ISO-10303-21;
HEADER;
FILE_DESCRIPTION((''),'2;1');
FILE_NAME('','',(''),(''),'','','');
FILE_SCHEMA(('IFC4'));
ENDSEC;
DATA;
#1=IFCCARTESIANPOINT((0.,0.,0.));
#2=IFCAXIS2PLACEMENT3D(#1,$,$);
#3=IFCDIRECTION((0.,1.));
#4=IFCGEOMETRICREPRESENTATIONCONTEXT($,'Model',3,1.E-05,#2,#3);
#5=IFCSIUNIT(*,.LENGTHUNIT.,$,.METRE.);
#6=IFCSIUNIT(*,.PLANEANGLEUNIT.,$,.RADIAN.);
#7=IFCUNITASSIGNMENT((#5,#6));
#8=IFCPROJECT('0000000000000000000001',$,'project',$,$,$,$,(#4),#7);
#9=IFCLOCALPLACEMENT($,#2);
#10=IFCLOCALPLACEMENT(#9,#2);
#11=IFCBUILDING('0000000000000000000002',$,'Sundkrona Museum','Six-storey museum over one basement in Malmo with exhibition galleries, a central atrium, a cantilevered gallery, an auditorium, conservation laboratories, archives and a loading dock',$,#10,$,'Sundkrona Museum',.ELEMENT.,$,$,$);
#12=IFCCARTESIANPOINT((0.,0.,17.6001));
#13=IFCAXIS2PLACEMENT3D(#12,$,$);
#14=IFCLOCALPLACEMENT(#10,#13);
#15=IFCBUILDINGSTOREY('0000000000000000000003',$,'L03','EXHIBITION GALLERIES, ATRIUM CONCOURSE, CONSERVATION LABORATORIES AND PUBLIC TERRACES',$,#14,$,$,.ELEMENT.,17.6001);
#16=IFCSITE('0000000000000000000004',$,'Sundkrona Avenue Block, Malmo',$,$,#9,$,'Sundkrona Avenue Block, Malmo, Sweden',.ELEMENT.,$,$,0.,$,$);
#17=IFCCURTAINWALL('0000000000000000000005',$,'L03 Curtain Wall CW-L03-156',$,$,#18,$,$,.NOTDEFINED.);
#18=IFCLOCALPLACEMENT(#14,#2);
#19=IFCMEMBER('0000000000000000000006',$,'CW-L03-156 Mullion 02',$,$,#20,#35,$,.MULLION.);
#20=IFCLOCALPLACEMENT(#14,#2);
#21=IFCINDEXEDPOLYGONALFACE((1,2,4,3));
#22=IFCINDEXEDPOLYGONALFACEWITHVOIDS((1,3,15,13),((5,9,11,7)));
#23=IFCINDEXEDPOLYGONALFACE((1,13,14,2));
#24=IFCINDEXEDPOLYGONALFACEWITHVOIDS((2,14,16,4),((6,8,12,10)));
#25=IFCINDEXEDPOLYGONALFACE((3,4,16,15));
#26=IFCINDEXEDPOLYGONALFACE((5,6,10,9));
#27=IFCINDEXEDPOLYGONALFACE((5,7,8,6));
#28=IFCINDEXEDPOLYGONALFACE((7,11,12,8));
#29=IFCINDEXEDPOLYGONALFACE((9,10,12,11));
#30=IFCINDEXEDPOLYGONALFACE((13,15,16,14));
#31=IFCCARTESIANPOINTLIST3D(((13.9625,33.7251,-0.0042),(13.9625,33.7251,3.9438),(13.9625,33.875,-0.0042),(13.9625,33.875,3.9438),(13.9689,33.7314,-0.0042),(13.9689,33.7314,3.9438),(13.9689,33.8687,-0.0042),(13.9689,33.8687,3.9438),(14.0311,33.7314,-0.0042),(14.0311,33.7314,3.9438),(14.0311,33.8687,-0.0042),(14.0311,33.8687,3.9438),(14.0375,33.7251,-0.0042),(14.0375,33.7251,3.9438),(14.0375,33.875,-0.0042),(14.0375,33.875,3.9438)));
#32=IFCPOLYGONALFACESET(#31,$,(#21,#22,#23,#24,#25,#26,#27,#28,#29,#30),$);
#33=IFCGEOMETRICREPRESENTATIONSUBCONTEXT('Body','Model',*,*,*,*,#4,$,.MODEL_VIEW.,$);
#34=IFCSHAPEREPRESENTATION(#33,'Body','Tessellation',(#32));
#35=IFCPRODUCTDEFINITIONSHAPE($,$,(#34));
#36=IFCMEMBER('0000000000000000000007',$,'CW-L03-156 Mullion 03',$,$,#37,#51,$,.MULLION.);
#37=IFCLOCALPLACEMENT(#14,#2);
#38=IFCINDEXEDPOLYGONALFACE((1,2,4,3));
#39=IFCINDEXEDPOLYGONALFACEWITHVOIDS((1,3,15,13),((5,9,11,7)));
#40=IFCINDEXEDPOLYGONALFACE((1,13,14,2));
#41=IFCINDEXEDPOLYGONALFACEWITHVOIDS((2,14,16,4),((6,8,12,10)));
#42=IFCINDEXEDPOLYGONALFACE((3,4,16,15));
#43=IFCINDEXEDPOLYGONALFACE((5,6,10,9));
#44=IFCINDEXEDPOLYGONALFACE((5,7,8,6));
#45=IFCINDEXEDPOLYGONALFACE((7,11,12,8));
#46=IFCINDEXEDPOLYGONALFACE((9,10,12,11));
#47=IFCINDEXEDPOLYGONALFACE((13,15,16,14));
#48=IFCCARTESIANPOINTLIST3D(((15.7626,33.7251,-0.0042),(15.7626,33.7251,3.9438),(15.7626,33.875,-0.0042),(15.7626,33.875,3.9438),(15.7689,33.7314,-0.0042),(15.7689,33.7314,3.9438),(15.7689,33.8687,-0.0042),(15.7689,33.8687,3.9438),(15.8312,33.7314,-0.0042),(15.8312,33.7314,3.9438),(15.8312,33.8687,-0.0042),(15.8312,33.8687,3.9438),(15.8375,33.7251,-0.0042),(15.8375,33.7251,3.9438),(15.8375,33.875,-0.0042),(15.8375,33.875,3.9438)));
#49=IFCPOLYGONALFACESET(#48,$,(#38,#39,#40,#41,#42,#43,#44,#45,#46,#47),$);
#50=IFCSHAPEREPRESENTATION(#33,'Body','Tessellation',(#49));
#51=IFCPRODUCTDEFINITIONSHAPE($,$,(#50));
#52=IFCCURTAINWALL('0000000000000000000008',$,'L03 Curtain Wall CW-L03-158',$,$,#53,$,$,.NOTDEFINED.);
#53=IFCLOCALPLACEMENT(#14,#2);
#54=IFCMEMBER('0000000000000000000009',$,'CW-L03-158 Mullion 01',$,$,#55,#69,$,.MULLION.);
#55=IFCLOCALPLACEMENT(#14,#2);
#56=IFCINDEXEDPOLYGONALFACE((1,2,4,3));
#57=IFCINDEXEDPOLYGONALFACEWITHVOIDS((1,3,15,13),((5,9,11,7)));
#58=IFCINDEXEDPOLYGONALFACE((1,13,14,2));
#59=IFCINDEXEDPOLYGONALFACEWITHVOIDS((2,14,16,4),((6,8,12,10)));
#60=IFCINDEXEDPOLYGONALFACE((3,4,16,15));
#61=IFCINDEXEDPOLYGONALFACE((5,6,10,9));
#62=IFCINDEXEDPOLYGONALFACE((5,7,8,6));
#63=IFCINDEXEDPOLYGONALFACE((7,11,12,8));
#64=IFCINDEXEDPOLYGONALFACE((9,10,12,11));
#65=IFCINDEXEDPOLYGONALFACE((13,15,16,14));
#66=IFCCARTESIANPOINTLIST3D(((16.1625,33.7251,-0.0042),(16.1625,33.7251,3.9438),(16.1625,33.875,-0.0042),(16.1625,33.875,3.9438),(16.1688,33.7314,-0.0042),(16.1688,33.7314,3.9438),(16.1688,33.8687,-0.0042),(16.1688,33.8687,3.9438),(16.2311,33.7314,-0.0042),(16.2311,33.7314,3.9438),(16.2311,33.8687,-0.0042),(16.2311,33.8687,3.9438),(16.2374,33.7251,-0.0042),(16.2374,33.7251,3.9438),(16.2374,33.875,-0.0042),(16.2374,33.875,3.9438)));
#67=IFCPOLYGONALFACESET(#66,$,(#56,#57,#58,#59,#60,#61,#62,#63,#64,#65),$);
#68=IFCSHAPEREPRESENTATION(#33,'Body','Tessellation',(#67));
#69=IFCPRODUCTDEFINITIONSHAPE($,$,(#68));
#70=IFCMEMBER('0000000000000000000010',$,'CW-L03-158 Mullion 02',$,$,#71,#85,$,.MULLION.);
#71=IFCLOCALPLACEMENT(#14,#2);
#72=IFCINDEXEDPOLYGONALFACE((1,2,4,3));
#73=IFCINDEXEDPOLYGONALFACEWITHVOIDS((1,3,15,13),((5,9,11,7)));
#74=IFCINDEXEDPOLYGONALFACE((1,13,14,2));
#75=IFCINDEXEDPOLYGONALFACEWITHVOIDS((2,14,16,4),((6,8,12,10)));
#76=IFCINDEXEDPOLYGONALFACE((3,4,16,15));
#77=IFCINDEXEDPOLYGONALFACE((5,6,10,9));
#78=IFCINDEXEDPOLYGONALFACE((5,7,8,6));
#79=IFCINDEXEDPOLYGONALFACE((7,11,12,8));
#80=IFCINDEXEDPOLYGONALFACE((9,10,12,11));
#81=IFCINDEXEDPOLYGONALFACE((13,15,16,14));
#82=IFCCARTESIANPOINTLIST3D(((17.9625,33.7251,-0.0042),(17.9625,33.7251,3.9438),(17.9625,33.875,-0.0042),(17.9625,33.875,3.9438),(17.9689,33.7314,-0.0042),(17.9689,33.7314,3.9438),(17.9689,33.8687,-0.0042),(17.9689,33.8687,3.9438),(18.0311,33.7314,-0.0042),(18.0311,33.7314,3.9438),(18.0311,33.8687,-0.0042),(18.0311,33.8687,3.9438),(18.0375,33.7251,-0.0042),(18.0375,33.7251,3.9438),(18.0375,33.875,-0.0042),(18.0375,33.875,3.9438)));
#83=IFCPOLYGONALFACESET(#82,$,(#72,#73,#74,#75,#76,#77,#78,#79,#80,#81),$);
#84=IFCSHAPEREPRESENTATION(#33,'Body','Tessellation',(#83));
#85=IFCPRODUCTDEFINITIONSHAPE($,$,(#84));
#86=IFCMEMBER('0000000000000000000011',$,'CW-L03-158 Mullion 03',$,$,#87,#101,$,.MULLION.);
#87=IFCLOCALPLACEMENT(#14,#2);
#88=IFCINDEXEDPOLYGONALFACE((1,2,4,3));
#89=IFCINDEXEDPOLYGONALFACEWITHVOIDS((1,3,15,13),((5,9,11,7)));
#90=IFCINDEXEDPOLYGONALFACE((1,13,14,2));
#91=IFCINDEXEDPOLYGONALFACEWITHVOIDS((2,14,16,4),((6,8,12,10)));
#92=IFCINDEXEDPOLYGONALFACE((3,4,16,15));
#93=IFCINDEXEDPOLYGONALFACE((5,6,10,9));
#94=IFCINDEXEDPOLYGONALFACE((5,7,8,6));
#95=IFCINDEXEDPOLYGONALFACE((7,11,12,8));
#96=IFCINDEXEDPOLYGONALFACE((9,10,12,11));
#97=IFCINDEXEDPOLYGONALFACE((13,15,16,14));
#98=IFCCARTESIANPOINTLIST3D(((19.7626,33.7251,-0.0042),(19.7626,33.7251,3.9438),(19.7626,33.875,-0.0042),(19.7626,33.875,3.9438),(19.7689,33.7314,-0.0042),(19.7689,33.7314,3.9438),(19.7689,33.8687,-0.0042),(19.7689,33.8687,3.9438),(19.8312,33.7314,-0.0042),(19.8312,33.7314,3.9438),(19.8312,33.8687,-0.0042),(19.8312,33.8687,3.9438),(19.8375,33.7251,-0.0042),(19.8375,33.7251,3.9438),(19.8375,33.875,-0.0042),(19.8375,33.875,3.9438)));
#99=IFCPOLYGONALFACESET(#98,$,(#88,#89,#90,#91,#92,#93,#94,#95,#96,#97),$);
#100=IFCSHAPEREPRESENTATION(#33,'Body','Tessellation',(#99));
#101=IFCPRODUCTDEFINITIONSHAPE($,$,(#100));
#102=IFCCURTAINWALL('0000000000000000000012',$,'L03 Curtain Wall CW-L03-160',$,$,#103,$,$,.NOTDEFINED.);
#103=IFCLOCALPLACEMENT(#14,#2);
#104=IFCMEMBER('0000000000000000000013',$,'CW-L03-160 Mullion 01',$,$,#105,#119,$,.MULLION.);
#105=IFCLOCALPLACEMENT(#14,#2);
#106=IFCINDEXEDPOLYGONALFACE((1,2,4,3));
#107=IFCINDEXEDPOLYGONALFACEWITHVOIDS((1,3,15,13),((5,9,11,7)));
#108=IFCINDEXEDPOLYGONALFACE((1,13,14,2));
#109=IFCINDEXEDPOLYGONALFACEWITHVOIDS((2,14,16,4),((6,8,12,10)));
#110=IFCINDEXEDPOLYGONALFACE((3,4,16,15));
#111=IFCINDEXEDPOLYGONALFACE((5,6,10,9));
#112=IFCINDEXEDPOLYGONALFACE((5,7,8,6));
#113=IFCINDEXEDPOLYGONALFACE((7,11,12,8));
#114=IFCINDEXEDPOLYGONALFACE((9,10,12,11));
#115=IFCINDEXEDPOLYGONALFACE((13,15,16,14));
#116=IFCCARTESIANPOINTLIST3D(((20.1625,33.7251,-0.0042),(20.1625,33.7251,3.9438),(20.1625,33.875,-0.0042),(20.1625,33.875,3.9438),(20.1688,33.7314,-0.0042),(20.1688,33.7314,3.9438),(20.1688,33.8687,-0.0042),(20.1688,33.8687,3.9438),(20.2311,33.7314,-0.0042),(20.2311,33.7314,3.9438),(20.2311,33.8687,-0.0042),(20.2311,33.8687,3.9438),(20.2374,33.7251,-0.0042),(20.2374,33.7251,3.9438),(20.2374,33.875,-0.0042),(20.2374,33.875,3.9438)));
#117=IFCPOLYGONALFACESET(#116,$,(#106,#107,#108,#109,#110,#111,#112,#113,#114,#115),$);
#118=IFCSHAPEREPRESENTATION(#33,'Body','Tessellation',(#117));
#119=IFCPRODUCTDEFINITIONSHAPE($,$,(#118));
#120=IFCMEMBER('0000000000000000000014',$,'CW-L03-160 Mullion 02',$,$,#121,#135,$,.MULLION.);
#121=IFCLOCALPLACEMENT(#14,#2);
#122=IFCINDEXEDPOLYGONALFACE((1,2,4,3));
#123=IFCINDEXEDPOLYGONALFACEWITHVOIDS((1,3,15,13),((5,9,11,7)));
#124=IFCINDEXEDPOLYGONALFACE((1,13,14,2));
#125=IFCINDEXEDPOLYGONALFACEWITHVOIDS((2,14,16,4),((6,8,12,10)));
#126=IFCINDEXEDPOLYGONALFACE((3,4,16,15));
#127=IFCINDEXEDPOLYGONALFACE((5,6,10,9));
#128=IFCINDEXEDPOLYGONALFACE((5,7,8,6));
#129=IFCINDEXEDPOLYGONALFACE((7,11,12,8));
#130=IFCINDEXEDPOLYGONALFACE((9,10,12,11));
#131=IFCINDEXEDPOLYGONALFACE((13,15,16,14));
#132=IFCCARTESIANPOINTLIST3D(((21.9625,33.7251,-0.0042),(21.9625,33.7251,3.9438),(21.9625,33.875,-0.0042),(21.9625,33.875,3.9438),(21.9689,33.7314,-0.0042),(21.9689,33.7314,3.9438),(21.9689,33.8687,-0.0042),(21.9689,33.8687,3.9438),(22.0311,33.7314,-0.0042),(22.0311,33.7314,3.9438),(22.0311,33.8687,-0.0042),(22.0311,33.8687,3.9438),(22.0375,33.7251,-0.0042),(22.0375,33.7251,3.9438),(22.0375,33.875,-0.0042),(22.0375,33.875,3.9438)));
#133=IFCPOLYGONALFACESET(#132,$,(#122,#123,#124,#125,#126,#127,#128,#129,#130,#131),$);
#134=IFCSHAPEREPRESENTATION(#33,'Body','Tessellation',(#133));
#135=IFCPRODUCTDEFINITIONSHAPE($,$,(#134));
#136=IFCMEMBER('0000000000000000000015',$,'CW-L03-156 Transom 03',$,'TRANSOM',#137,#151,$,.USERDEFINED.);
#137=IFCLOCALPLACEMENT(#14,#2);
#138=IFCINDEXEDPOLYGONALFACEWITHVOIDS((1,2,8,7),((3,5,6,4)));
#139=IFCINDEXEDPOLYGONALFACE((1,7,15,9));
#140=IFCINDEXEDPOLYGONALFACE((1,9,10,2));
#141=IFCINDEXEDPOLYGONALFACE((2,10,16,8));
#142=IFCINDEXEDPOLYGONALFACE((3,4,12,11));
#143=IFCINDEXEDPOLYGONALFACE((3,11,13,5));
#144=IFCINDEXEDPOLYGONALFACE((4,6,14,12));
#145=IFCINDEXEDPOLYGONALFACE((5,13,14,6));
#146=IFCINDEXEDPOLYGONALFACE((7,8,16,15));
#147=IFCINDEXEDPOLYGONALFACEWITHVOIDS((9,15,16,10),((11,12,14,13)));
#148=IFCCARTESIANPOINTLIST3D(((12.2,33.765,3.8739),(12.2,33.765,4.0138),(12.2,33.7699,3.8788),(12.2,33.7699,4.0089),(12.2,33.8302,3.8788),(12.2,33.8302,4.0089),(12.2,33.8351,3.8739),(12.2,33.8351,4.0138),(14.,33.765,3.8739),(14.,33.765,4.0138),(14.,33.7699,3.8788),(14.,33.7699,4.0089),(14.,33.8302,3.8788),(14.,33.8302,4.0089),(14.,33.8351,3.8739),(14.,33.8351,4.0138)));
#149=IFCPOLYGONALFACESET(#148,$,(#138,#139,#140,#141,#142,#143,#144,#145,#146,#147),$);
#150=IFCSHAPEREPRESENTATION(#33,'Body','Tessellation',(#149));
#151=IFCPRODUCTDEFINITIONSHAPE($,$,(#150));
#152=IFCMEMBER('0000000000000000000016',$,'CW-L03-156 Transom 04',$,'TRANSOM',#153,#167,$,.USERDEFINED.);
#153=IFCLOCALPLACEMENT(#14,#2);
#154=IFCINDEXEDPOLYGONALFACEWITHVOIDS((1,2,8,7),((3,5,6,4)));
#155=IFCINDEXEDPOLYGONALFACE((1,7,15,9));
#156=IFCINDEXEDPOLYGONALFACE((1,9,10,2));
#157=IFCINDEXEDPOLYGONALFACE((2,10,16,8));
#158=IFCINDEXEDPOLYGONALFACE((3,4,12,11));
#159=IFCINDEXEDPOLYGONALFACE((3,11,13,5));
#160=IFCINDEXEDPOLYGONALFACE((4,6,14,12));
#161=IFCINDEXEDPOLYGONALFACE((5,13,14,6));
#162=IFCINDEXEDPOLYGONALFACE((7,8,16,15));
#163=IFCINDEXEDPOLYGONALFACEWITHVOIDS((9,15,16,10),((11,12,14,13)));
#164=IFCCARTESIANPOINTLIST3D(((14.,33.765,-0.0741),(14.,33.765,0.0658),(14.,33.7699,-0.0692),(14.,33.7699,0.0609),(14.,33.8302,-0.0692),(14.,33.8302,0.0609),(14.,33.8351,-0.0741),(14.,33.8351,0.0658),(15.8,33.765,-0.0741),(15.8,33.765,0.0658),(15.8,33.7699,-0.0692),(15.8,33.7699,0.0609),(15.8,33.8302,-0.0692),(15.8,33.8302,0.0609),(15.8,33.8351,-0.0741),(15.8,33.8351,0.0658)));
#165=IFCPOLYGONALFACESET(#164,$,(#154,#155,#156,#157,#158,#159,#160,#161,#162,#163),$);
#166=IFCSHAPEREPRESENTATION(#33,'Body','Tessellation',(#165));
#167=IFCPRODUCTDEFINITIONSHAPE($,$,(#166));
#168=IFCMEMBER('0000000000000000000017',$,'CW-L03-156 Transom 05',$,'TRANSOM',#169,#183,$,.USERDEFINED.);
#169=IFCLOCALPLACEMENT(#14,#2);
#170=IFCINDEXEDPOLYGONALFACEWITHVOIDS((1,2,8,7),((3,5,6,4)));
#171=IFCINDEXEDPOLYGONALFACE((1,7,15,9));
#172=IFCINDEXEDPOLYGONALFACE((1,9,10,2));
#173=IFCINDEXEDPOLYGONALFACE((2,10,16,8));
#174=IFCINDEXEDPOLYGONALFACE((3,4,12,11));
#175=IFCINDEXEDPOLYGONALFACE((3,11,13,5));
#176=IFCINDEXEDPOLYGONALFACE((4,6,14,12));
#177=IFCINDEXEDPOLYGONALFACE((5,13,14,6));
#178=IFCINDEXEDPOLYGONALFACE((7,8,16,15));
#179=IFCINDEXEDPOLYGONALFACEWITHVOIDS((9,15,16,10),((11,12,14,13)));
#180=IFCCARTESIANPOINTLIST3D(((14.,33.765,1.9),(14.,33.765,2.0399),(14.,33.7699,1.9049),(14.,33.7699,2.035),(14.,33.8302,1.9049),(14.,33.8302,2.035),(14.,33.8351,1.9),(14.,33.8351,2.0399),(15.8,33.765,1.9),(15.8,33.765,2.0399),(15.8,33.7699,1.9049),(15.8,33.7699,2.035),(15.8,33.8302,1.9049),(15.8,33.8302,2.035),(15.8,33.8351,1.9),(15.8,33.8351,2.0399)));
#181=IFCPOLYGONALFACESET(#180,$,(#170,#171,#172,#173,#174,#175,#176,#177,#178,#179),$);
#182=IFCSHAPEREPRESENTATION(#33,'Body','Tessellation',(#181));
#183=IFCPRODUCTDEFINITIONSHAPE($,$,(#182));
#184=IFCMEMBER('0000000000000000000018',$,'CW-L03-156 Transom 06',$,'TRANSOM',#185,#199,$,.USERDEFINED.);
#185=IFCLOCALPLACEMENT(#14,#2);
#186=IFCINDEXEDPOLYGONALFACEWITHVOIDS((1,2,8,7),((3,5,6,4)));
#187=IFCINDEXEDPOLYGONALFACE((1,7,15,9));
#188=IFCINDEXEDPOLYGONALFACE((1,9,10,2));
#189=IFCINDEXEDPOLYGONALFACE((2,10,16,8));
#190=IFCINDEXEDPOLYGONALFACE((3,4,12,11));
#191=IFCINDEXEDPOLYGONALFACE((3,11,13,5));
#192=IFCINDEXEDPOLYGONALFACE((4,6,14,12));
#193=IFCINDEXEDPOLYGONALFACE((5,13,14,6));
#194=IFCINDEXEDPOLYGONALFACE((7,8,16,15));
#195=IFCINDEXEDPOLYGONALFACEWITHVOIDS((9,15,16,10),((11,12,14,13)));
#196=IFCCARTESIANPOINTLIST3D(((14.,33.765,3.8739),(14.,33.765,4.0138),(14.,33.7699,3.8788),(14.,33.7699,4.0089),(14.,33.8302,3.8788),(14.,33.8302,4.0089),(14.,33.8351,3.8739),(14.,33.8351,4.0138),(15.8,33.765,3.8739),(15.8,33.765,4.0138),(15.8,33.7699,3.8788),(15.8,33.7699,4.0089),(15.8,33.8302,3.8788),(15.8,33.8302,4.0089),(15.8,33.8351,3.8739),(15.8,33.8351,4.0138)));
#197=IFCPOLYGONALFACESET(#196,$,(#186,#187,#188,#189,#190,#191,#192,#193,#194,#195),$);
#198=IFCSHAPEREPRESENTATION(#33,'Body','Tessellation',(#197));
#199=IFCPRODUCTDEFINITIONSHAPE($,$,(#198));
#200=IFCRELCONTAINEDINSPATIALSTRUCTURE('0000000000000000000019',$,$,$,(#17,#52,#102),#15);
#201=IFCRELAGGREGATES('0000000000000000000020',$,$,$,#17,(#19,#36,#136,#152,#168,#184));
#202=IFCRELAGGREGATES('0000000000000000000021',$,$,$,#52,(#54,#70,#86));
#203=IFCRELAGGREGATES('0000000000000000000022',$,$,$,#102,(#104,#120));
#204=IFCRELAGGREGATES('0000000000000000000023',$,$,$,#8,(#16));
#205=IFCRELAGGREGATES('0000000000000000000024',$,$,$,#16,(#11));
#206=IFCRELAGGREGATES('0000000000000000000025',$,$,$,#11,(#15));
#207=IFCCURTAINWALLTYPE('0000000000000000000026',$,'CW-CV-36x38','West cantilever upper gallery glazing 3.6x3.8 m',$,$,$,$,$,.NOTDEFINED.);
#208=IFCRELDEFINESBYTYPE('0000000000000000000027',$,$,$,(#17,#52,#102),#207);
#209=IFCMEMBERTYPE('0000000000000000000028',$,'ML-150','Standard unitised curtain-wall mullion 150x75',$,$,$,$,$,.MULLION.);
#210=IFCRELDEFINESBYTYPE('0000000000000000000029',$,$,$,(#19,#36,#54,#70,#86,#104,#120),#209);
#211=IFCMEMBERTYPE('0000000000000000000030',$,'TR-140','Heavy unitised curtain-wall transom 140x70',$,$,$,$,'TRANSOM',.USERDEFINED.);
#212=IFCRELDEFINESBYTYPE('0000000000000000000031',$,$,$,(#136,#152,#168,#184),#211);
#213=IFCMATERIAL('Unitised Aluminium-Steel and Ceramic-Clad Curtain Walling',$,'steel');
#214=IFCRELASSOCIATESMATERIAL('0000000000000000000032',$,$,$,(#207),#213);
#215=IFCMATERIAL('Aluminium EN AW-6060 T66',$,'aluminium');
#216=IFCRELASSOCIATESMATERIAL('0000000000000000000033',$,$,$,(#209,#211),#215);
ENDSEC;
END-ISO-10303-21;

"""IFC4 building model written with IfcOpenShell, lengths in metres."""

from ifc_helpers import new_model, si_unit, direction, frame, origin, origin_2d, place, context, subcontext, project, spatial, hollow_rectangle, extrude, material, material_profile, profile_set, type_object, element, aggregate, save


model = new_model("IFC4")

# Units and contexts
model_context = context("Model", 3, precision=1e-05, world=origin(), true_north=direction((0.0, 1.0)))
body_context = subcontext(model_context, "Body", "Model", "MODEL_VIEW")
ifc_project = project(units=[si_unit("LENGTHUNIT", "METRE"), si_unit("PLANEANGLEUNIT", "RADIAN")], contexts=[model_context])

# Site, building, storey
site_placement = place(None, origin())
site = spatial("IfcSite", under=ifc_project, at=site_placement, Name="Sundkrona Avenue Block, Malmo", LongName="Sundkrona Avenue Block, Malmo, Sweden", CompositionType="ELEMENT", RefElevation=0.0)
building_placement = place(site_placement, origin())
building = spatial("IfcBuilding", under=site, at=building_placement, Name="Sundkrona Museum", Description="Six-storey museum over one basement in Malmo with exhibition galleries, a central atrium, a cantilevered gallery, an auditorium, conservation laboratories, archives and a loading dock", LongName="Sundkrona Museum", CompositionType="ELEMENT")
storey_placement = place(building_placement, frame((0.0, 0.0, 17.6001)))
storey = spatial("IfcBuildingStorey", under=building, at=storey_placement, Name="L03", Description="EXHIBITION GALLERIES, ATRIUM CONCOURSE, CONSERVATION LABORATORIES AND PUBLIC TERRACES", CompositionType="ELEMENT", Elevation=17.6001)

# Curtain walls, members
ifc_material_1 = material(Name="Unitised Aluminium-Steel and Ceramic-Clad Curtain Walling", Category="steel")
curtain_wall_type = type_object("IfcCurtainWallType", Name="CW-CV-36x38", Description="West cantilever upper gallery glazing 3.6x3.8 m", PredefinedType="NOTDEFINED", material=ifc_material_1)
curtain_wall_1_placement = place(storey_placement, origin())
curtain_wall_1 = element("IfcCurtainWall", 1, at=curtain_wall_1_placement, inside=storey, type_object=curtain_wall_type, Name="L03 Curtain Wall CW-L03-156", PredefinedType="NOTDEFINED")
ifc_material_2 = material(Name="Aluminium EN AW-6060 T66", Category="aluminium")
ifc_material_profile_1 = material_profile(ifc_material_2, hollow_rectangle(XDim=0.075, YDim=0.1499, WallThickness=0.0063, at=origin_2d()), Name="RHS 150x75x6.3")
ifc_profile_set_1 = profile_set([ifc_material_profile_1], Name="Aluminium EN AW-6060 T66")
member_type_1 = type_object("IfcMemberType", Name="ML-150", Description="Standard unitised curtain-wall mullion 150x75", PredefinedType="MULLION", material=ifc_profile_set_1)
member_1_placement = place(storey_placement, frame((14.0, 33.8, -0.0042), z_axis=(0.0, 0.0, 1.0), x_axis=(1.0, 0.0, 0.0)))
member_1 = element("IfcMember", 2, at=member_1_placement, type_object=member_type_1, Name="CW-L03-156 Mullion 02", PredefinedType="MULLION", context=body_context, shape_type="SweptSolid", body=[
    extrude(hollow_rectangle(XDim=0.075, YDim=0.1499, WallThickness=0.0063, at=origin_2d()), origin(), (0.0, 0.0, 1.0), 3.948),
])
member_2_placement = place(storey_placement, frame((15.8, 33.8, -0.0042), z_axis=(0.0, 0.0, 1.0), x_axis=(1.0, 0.0, 0.0)))
member_2 = element("IfcMember", 3, at=member_2_placement, type_object=member_type_1, Name="CW-L03-156 Mullion 03", PredefinedType="MULLION", context=body_context, shape_type="SweptSolid", body=[
    extrude(hollow_rectangle(XDim=0.075, YDim=0.1499, WallThickness=0.0063, at=origin_2d()), origin(), (0.0, 0.0, 1.0), 3.948),
])
curtain_wall_2_placement = place(storey_placement, origin())
curtain_wall_2 = element("IfcCurtainWall", 4, at=curtain_wall_2_placement, inside=storey, type_object=curtain_wall_type, Name="L03 Curtain Wall CW-L03-158", PredefinedType="NOTDEFINED")
member_3_placement = place(storey_placement, frame((16.2, 33.8, -0.0042), z_axis=(0.0, 0.0, 1.0), x_axis=(1.0, 0.0, 0.0)))
member_3 = element("IfcMember", 5, at=member_3_placement, type_object=member_type_1, Name="CW-L03-158 Mullion 01", PredefinedType="MULLION", context=body_context, shape_type="SweptSolid", body=[
    extrude(hollow_rectangle(XDim=0.075, YDim=0.1499, WallThickness=0.0063, at=origin_2d()), origin(), (0.0, 0.0, 1.0), 3.948),
])
member_4_placement = place(storey_placement, frame((18.0, 33.8, -0.0042), z_axis=(0.0, 0.0, 1.0), x_axis=(1.0, 0.0, 0.0)))
member_4 = element("IfcMember", 6, at=member_4_placement, type_object=member_type_1, Name="CW-L03-158 Mullion 02", PredefinedType="MULLION", context=body_context, shape_type="SweptSolid", body=[
    extrude(hollow_rectangle(XDim=0.075, YDim=0.1499, WallThickness=0.0063, at=origin_2d()), origin(), (0.0, 0.0, 1.0), 3.948),
])
member_5_placement = place(storey_placement, frame((19.8, 33.8, -0.0042), z_axis=(0.0, 0.0, 1.0), x_axis=(1.0, 0.0, 0.0)))
member_5 = element("IfcMember", 7, at=member_5_placement, type_object=member_type_1, Name="CW-L03-158 Mullion 03", PredefinedType="MULLION", context=body_context, shape_type="SweptSolid", body=[
    extrude(hollow_rectangle(XDim=0.075, YDim=0.1499, WallThickness=0.0063, at=origin_2d()), origin(), (0.0, 0.0, 1.0), 3.948),
])
curtain_wall_3_placement = place(storey_placement, origin())
curtain_wall_3 = element("IfcCurtainWall", 8, at=curtain_wall_3_placement, inside=storey, type_object=curtain_wall_type, Name="L03 Curtain Wall CW-L03-160", PredefinedType="NOTDEFINED")
member_6_placement = place(storey_placement, frame((20.2, 33.8, -0.0042), z_axis=(0.0, 0.0, 1.0), x_axis=(1.0, 0.0, 0.0)))
member_6 = element("IfcMember", 9, at=member_6_placement, type_object=member_type_1, Name="CW-L03-160 Mullion 01", PredefinedType="MULLION", context=body_context, shape_type="SweptSolid", body=[
    extrude(hollow_rectangle(XDim=0.075, YDim=0.1499, WallThickness=0.0063, at=origin_2d()), origin(), (0.0, 0.0, 1.0), 3.948),
])
member_7_placement = place(storey_placement, frame((22.0, 33.8, -0.0042), z_axis=(0.0, 0.0, 1.0), x_axis=(1.0, 0.0, 0.0)))
member_7 = element("IfcMember", 10, at=member_7_placement, type_object=member_type_1, Name="CW-L03-160 Mullion 02", PredefinedType="MULLION", context=body_context, shape_type="SweptSolid", body=[
    extrude(hollow_rectangle(XDim=0.075, YDim=0.1499, WallThickness=0.0063, at=origin_2d()), origin(), (0.0, 0.0, 1.0), 3.948),
])

# Members
ifc_material_profile_2 = material_profile(ifc_material_2, hollow_rectangle(XDim=0.0701, YDim=0.1399, WallThickness=0.0049, at=origin_2d()), Name="RHS 140x70x5.0")
ifc_profile_set_2 = profile_set([ifc_material_profile_2], Name="Aluminium EN AW-6060 T66")
member_type_2 = type_object("IfcMemberType", Name="TR-140", Description="Heavy unitised curtain-wall transom 140x70", ElementType="TRANSOM", PredefinedType="USERDEFINED", material=ifc_profile_set_2)
member_8_placement = place(storey_placement, frame((12.2, 33.8, 3.9438), z_axis=(1.0, 0.0, 0.0), x_axis=(0.0, 1.0, 0.0)))
member_8 = element("IfcMember", 11, at=member_8_placement, type_object=member_type_2, Name="CW-L03-156 Transom 03", ObjectType="TRANSOM", PredefinedType="USERDEFINED", context=body_context, shape_type="SweptSolid", body=[
    extrude(hollow_rectangle(XDim=0.0701, YDim=0.1399, WallThickness=0.0049, at=origin_2d()), origin(), (0.0, 0.0, 1.0), 1.8),
])
member_9_placement = place(storey_placement, frame((14.0, 33.8, -0.0042), z_axis=(1.0, 0.0, 0.0), x_axis=(0.0, 1.0, 0.0)))
member_9 = element("IfcMember", 12, at=member_9_placement, type_object=member_type_2, Name="CW-L03-156 Transom 04", ObjectType="TRANSOM", PredefinedType="USERDEFINED", context=body_context, shape_type="SweptSolid", body=[
    extrude(hollow_rectangle(XDim=0.0701, YDim=0.1399, WallThickness=0.0049, at=origin_2d()), origin(), (0.0, 0.0, 1.0), 1.8),
])
member_10_placement = place(storey_placement, frame((14.0, 33.8, 1.97), z_axis=(1.0, 0.0, 0.0), x_axis=(0.0, 1.0, 0.0)))
member_10 = element("IfcMember", 13, at=member_10_placement, type_object=member_type_2, Name="CW-L03-156 Transom 05", ObjectType="TRANSOM", PredefinedType="USERDEFINED", context=body_context, shape_type="SweptSolid", body=[
    extrude(hollow_rectangle(XDim=0.0701, YDim=0.1399, WallThickness=0.0049, at=origin_2d()), origin(), (0.0, 0.0, 1.0), 1.8),
])
member_11_placement = place(storey_placement, frame((14.0, 33.8, 3.9438), z_axis=(1.0, 0.0, 0.0), x_axis=(0.0, 1.0, 0.0)))
member_11 = element("IfcMember", 14, at=member_11_placement, type_object=member_type_2, Name="CW-L03-156 Transom 06", ObjectType="TRANSOM", PredefinedType="USERDEFINED", context=body_context, shape_type="SweptSolid", body=[
    extrude(hollow_rectangle(XDim=0.0701, YDim=0.1399, WallThickness=0.0049, at=origin_2d()), origin(), (0.0, 0.0, 1.0), 1.8),
])

aggregate(curtain_wall_1, [member_1, member_2, member_8, member_9, member_10, member_11])
aggregate(curtain_wall_2, [member_3, member_4, member_5])
aggregate(curtain_wall_3, [member_6, member_7])

save(model, "model.ifc")
